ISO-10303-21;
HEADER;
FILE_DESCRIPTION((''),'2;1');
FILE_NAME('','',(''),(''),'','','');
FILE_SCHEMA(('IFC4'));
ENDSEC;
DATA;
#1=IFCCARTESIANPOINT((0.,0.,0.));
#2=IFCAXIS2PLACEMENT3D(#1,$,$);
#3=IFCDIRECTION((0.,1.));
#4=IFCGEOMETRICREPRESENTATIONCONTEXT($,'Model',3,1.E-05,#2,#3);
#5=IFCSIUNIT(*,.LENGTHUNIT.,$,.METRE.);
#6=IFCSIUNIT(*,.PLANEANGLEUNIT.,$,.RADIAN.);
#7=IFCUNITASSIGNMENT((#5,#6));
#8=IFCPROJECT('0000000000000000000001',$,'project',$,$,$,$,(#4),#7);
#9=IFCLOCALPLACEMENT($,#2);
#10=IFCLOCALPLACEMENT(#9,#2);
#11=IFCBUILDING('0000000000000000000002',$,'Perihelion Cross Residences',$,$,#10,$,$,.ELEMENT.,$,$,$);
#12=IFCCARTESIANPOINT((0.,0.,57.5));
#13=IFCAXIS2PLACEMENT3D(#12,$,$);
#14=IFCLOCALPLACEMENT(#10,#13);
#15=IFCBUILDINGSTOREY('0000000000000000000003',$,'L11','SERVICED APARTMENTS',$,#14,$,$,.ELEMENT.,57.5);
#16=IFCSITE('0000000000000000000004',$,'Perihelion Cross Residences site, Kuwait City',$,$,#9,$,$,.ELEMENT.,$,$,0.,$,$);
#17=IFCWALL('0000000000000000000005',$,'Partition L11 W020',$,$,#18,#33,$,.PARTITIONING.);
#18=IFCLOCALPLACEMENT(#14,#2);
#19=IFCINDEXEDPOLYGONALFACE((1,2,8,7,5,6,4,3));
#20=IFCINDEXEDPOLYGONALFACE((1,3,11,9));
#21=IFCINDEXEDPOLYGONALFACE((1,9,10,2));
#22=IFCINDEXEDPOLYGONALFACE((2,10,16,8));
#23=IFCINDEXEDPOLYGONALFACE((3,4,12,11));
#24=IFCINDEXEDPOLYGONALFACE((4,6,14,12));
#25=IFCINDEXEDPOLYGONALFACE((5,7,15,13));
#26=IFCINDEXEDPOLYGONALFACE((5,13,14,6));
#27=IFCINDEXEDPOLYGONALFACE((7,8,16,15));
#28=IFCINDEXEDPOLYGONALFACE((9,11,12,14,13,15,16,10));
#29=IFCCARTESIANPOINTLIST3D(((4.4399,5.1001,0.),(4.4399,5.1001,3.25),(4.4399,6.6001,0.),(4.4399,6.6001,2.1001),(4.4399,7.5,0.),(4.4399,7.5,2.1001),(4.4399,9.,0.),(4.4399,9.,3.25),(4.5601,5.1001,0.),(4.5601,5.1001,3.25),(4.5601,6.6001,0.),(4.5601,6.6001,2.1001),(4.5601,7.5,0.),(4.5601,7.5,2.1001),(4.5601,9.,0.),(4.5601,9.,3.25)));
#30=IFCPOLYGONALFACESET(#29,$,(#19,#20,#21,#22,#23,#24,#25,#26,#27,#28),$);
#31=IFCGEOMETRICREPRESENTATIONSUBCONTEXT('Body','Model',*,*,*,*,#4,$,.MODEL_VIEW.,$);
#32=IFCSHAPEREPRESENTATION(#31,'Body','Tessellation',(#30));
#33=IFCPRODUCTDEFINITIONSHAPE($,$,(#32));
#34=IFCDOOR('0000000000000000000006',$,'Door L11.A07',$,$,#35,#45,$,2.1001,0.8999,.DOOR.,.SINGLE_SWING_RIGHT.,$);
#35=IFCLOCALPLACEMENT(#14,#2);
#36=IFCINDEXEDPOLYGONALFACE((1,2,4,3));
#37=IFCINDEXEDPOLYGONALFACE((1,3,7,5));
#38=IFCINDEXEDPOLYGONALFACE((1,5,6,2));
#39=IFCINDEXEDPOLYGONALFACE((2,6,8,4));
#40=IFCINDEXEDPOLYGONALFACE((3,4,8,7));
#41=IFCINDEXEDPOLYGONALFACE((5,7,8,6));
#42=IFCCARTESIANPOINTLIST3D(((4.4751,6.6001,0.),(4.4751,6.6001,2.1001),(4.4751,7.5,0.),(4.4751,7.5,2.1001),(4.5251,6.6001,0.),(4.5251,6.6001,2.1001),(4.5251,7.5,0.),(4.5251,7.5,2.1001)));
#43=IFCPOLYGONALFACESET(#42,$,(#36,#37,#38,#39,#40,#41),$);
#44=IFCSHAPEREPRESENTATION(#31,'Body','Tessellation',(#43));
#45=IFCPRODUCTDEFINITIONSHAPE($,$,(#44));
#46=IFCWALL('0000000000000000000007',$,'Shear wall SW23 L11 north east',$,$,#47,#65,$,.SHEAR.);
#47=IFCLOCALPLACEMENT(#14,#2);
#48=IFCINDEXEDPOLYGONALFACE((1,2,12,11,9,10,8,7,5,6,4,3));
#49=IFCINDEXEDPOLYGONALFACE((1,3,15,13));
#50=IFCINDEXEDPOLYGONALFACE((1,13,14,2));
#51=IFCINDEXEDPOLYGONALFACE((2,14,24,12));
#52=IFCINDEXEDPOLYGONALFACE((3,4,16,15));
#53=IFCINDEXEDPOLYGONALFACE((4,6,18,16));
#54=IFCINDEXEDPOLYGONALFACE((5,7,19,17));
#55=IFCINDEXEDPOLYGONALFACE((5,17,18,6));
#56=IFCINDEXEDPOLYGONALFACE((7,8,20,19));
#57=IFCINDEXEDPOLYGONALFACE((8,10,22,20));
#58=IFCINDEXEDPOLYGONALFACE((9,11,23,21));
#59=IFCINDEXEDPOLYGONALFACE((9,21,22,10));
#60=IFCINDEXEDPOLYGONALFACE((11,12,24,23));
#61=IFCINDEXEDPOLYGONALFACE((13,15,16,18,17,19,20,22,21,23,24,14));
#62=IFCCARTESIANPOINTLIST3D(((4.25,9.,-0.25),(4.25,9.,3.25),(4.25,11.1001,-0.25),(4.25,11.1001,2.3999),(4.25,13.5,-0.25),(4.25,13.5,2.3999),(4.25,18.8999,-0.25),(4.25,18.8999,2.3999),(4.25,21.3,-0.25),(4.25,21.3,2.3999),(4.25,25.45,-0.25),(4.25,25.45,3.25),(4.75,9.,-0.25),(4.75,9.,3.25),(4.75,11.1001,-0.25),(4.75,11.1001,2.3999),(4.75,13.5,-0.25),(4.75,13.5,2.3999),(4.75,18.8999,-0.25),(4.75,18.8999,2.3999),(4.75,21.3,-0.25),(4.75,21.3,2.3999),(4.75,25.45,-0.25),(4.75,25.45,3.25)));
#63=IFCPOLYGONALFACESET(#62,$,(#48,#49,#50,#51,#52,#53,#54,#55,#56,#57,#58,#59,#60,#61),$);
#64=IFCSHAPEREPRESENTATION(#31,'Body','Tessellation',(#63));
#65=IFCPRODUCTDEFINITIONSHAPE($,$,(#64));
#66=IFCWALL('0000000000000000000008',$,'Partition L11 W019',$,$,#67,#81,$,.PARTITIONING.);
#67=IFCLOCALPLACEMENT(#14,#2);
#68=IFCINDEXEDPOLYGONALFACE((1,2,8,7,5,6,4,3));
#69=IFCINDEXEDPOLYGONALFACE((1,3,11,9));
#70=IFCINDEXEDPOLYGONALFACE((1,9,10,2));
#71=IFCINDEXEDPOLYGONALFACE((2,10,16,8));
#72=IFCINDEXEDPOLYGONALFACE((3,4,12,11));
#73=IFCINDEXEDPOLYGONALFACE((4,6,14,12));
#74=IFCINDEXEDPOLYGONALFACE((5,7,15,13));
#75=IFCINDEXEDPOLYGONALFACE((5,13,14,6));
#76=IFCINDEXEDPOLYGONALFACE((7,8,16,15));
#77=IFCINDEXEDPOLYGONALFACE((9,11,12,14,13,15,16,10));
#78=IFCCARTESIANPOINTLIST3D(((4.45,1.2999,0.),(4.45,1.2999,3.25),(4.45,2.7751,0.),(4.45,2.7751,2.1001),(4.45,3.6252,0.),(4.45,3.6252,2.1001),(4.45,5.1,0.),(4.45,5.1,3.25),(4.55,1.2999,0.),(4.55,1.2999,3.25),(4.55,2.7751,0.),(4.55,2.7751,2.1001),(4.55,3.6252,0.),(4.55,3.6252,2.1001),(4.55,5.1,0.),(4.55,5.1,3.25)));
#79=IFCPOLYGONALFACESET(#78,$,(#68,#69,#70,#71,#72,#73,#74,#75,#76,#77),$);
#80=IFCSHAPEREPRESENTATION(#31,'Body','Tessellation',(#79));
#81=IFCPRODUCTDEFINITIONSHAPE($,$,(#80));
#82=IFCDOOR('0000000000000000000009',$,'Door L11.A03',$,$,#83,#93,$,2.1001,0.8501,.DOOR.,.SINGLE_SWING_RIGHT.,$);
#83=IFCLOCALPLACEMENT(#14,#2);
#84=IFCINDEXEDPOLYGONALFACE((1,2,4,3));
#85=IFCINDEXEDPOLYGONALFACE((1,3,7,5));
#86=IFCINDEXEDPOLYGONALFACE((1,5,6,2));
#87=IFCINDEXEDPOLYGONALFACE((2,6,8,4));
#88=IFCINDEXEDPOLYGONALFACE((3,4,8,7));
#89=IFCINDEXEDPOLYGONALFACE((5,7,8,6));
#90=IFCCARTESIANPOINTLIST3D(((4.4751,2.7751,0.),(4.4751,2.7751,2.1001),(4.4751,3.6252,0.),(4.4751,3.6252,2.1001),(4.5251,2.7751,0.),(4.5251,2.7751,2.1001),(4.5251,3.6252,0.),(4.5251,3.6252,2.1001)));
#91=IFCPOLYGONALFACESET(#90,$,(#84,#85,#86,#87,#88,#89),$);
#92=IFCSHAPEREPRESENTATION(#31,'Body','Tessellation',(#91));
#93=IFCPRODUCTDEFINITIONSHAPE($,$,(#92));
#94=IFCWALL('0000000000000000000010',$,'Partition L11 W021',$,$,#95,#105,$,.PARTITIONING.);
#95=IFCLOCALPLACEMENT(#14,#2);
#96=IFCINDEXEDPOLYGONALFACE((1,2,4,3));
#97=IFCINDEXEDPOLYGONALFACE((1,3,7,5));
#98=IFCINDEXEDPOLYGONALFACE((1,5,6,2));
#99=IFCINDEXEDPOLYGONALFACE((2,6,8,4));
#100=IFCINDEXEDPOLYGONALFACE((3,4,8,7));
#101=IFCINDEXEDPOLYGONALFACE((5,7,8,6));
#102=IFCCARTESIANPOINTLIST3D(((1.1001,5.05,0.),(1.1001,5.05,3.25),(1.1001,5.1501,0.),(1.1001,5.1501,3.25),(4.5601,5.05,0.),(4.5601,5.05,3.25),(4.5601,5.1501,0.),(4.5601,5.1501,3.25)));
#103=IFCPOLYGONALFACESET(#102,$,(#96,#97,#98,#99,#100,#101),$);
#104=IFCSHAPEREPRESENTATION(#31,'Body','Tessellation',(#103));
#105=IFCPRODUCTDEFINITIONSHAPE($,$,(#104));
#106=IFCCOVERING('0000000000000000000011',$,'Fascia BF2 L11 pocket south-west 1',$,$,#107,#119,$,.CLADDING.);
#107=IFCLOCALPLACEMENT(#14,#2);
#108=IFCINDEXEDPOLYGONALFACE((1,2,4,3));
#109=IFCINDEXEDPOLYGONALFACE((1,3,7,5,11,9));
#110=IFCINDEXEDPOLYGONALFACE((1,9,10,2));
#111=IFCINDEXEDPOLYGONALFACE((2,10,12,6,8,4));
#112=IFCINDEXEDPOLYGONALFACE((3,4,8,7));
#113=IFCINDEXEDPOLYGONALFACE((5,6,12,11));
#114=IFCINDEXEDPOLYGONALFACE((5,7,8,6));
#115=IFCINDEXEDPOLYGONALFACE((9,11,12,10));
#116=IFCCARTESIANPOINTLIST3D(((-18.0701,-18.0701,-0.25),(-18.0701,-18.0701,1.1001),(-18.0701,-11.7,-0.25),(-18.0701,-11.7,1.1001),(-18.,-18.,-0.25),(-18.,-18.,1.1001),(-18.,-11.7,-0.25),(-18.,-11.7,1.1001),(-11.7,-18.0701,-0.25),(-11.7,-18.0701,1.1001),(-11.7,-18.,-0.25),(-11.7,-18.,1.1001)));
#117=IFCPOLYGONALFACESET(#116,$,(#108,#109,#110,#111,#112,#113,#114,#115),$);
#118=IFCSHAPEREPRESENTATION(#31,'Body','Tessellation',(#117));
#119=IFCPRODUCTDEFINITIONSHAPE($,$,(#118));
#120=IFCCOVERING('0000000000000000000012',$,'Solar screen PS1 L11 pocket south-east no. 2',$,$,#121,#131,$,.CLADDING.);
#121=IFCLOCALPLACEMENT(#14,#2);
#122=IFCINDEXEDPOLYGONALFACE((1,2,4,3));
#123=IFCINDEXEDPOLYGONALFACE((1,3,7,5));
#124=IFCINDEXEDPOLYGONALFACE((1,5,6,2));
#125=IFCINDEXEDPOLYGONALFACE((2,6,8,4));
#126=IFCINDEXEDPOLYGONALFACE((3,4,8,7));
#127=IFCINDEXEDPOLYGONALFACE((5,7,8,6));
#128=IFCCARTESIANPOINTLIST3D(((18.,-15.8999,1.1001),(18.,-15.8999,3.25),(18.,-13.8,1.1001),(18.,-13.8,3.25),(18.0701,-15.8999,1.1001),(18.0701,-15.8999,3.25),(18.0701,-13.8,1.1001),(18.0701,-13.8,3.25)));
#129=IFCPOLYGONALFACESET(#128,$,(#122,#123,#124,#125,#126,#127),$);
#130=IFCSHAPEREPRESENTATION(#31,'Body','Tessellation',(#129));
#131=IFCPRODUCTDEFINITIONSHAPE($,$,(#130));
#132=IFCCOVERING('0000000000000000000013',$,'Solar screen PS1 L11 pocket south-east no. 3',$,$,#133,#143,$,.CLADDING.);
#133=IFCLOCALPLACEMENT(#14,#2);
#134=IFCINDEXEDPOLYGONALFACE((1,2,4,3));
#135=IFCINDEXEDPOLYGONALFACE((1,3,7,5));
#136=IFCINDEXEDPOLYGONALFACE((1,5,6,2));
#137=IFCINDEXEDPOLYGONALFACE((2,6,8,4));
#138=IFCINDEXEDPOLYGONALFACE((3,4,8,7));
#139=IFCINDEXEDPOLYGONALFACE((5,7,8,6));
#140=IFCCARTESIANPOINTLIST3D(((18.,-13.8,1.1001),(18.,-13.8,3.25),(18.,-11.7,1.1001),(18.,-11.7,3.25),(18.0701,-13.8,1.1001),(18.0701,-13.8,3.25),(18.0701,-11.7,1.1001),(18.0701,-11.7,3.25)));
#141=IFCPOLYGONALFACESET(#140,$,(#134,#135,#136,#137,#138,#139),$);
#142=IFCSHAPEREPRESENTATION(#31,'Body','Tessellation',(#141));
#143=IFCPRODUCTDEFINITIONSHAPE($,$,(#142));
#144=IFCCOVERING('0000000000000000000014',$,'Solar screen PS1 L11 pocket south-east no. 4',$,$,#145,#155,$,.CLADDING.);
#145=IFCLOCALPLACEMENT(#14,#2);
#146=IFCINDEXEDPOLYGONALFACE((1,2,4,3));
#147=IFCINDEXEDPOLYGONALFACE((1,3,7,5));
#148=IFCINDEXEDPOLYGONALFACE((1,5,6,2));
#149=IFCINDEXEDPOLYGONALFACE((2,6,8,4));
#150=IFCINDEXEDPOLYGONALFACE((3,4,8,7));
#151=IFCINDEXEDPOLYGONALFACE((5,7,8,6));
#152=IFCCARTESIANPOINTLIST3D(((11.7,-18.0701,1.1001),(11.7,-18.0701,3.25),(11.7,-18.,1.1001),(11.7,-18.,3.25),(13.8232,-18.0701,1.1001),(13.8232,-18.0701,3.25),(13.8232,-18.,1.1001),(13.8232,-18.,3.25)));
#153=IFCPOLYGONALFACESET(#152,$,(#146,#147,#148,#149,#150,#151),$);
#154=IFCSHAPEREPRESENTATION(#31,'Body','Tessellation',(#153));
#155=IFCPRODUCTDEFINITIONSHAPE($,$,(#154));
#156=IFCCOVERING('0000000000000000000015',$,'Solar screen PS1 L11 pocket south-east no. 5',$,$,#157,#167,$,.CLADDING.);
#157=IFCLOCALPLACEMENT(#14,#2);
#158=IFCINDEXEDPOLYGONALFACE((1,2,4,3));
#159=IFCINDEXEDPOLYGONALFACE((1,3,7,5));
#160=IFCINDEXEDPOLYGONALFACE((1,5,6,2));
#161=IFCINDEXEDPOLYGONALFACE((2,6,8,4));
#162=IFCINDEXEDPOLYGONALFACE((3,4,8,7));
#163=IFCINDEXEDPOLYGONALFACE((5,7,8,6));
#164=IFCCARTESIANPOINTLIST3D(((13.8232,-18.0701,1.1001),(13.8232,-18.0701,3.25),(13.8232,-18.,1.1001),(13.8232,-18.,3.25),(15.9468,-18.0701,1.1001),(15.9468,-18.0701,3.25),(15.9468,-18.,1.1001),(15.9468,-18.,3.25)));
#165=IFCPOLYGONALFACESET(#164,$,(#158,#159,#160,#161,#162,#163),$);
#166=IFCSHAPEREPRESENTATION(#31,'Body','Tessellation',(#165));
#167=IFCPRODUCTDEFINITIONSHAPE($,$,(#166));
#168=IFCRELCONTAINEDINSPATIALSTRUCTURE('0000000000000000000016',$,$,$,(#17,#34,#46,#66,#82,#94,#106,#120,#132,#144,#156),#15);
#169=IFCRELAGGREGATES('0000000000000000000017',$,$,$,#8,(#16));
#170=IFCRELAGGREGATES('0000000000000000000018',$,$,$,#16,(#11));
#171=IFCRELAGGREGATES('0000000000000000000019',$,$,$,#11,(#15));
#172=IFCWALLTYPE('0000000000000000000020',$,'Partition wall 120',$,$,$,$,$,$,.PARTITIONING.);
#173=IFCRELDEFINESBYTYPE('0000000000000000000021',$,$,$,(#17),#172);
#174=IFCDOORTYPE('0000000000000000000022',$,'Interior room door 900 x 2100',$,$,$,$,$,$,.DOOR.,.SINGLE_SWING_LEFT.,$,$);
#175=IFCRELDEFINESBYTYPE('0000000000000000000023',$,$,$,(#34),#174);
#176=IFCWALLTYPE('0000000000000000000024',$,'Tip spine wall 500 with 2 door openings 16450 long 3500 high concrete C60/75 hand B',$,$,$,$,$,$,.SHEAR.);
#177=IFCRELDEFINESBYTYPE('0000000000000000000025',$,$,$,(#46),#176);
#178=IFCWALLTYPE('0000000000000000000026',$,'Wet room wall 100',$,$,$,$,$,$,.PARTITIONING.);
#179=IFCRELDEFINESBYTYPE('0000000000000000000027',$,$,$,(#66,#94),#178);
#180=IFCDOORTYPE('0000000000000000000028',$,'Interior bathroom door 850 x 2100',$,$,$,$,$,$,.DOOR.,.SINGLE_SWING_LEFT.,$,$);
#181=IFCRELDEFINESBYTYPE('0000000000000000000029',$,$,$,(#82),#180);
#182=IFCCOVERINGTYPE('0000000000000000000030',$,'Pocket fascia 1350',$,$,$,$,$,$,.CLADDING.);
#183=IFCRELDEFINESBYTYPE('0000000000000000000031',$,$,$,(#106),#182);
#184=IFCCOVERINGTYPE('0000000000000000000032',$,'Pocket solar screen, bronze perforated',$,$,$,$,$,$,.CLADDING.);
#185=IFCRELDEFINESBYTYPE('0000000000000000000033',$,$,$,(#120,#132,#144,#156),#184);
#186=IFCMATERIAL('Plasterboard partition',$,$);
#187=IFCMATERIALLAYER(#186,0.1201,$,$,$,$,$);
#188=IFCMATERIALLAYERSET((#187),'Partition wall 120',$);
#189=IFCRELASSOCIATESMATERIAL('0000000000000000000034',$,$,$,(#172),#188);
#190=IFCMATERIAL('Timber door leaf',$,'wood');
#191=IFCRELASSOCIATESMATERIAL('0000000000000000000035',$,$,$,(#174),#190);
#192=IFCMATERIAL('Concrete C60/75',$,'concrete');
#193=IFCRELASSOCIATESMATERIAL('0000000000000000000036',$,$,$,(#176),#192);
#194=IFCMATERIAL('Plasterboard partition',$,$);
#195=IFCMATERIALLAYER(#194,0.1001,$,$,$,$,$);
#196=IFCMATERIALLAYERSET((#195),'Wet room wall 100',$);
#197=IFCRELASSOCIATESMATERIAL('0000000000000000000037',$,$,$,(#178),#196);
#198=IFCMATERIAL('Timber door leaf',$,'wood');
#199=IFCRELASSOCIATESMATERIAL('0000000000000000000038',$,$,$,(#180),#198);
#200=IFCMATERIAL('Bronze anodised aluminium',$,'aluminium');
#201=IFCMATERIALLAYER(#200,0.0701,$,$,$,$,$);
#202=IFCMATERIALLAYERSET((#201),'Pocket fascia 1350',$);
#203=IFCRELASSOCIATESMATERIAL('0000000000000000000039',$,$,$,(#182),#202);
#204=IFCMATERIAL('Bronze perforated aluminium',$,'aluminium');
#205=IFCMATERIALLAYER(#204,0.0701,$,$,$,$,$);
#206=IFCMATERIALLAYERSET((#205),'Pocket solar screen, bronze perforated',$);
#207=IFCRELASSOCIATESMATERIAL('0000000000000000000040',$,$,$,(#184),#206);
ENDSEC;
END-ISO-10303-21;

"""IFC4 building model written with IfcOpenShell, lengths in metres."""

from ifc_helpers import new_model, si_unit, direction, frame, frame_2d, origin, place, context, subcontext, project, spatial, polyline, rectangle, outline, extrude, material, layer, layer_set, material_profile, profile_set, type_object, element, fill, save


model = new_model("IFC4")

# Units and contexts
model_context = context("Model", 3, precision=1e-05, world=origin(), true_north=direction((0.0, 1.0)))
body_context = subcontext(model_context, "Body", "Model", "MODEL_VIEW")
ifc_project = project(units=[si_unit("LENGTHUNIT", "METRE"), si_unit("PLANEANGLEUNIT", "RADIAN")], contexts=[model_context])

# Site, building, storey
site_placement = place(None, origin())
site = spatial("IfcSite", under=ifc_project, at=site_placement, Name="Perihelion Cross Residences site, Kuwait City", CompositionType="ELEMENT", RefElevation=0.0)
building_placement = place(site_placement, origin())
building = spatial("IfcBuilding", under=site, at=building_placement, Name="Perihelion Cross Residences", CompositionType="ELEMENT")
storey_placement = place(building_placement, frame((0.0, 0.0, 57.5)))
storey = spatial("IfcBuildingStorey", under=building, at=storey_placement, Name="L11", Description="SERVICED APARTMENTS", CompositionType="ELEMENT", Elevation=57.5)

# Wall, opening, door
ifc_material_1 = material(Name="Plasterboard partition")
ifc_layer_1 = layer(ifc_material_1, 0.1201)
ifc_layer_set_1 = layer_set([ifc_layer_1], Name="Partition wall 120")
wall_type_1 = type_object("IfcWallType", Name="Partition wall 120", PredefinedType="PARTITIONING", material=ifc_layer_set_1)
wall_1_placement = place(storey_placement, frame((4.5, 5.1001, 0.0), z_axis=(0.0, 0.0, 1.0), x_axis=(0.0, 1.0, 0.0)))
wall_1 = element("IfcWall", 1, at=wall_1_placement, inside=storey, type_object=wall_type_1, Name="Partition L11 W020", PredefinedType="PARTITIONING", context=body_context, shape_type="SweptSolid", body=[
    extrude(rectangle(XDim=3.8999, YDim=0.1201, at=frame_2d((1.95, 0.0))), origin(), (0.0, 0.0, 1.0), 3.25),
])
opening_1_placement = place(wall_1_placement, frame((1.5, 0.0, 0.0)))
opening_1 = element("IfcOpeningElement", 2, at=opening_1_placement, cuts=wall_1, PredefinedType="OPENING", context=body_context, shape_type="SweptSolid", body=[
    extrude(rectangle(XDim=0.8999, YDim=2.1001, at=frame_2d((0.45, 1.05))), frame((0.0, 0.0701, 0.0), z_axis=(0.0, -1.0, 0.0), x_axis=(1.0, 0.0, 0.0)), (0.0, 0.0, 1.0), 0.1401),
])
ifc_material_2 = material(Name="Timber door leaf", Category="wood")
door_type_1 = type_object("IfcDoorType", Name="Interior room door 900 x 2100", OperationType="SINGLE_SWING_LEFT", PredefinedType="DOOR", material=ifc_material_2)
door_1_placement = place(opening_1_placement, origin())
door_1 = element("IfcDoor", 3, at=door_1_placement, inside=storey, type_object=door_type_1, Name="Door L11.A07", OperationType="SINGLE_SWING_RIGHT", OverallHeight=2.1001, OverallWidth=0.8999, PredefinedType="DOOR", context=body_context, shape_type="SweptSolid", body=[
    extrude(rectangle(XDim=0.8999, YDim=2.1001, at=frame_2d((0.45, 1.05))), frame((0.0, 0.0249, 0.0), z_axis=(0.0, -1.0, 0.0), x_axis=(1.0, 0.0, 0.0)), (0.0, 0.0, 1.0), 0.05),
])
fill(opening_1, door_1)

# Wall
ifc_material_3 = material(Name="Concrete C60/75", Category="concrete")
ifc_material_profile_1 = material_profile(ifc_material_3, outline(polyline([(0.0, 0.0), (2.1001, 0.0), (2.1001, 2.6499), (4.5, 2.6499), (4.5, 0.0), (9.8999, 0.0), (9.8999, 2.6499), (12.3, 2.6499), (12.3, 0.0), (16.45, 0.0), (16.45, 3.5), (0.0, 3.5), (0.0, 0.0)])), Name="Tip spine wall")
ifc_profile_set_1 = profile_set([ifc_material_profile_1], Name="Concrete C60/75")
wall_type_2 = type_object("IfcWallType", Name="Tip spine wall 500 with 2 door openings 16450 long 3500 high concrete C60/75 hand B", PredefinedType="SHEAR", material=ifc_profile_set_1)
wall_2_placement = place(storey_placement, frame((4.25, 9.0, -0.25), z_axis=(1.0, 0.0, 0.0), x_axis=(0.0, 1.0, 0.0)))
element("IfcWall", 4, at=wall_2_placement, inside=storey, type_object=wall_type_2, Name="Shear wall SW23 L11 north east", PredefinedType="SHEAR", context=body_context, shape_type="SweptSolid", body=[
    extrude(outline(polyline([(0.0, 0.0), (2.1001, 0.0), (2.1001, 2.6499), (4.5, 2.6499), (4.5, 0.0), (9.8999, 0.0), (9.8999, 2.6499), (12.3, 2.6499), (12.3, 0.0), (16.45, 0.0), (16.45, 3.5), (0.0, 3.5), (0.0, 0.0)])), origin(), (0.0, 0.0, 1.0), 0.5),
])

# Wall, opening, door
ifc_material_4 = material(Name="Plasterboard partition")
ifc_layer_2 = layer(ifc_material_4, 0.1001)
ifc_layer_set_2 = layer_set([ifc_layer_2], Name="Wet room wall 100")
wall_type_3 = type_object("IfcWallType", Name="Wet room wall 100", PredefinedType="PARTITIONING", material=ifc_layer_set_2)
wall_3_placement = place(storey_placement, frame((4.5, 1.3, 0.0), z_axis=(0.0, 0.0, 1.0), x_axis=(0.0, 1.0, 0.0)))
wall_3 = element("IfcWall", 5, at=wall_3_placement, inside=storey, type_object=wall_type_3, Name="Partition L11 W019", PredefinedType="PARTITIONING", context=body_context, shape_type="SweptSolid", body=[
    extrude(rectangle(XDim=3.8, YDim=0.1001, at=frame_2d((1.8999, 0.0))), origin(), (0.0, 0.0, 1.0), 3.25),
])
opening_2_placement = place(wall_3_placement, frame((1.4751, 0.0, 0.0)))
opening_2 = element("IfcOpeningElement", 6, at=opening_2_placement, cuts=wall_3, PredefinedType="OPENING", context=body_context, shape_type="SweptSolid", body=[
    extrude(rectangle(XDim=0.8501, YDim=2.1001, at=frame_2d((0.425, 1.05))), frame((0.0, 0.0601, 0.0), z_axis=(0.0, -1.0, 0.0), x_axis=(1.0, 0.0, 0.0)), (0.0, 0.0, 1.0), 0.1201),
])
ifc_material_5 = material(Name="Timber door leaf", Category="wood")
door_type_2 = type_object("IfcDoorType", Name="Interior bathroom door 850 x 2100", OperationType="SINGLE_SWING_LEFT", PredefinedType="DOOR", material=ifc_material_5)
door_2_placement = place(opening_2_placement, origin())
door_2 = element("IfcDoor", 7, at=door_2_placement, inside=storey, type_object=door_type_2, Name="Door L11.A03", OperationType="SINGLE_SWING_RIGHT", OverallHeight=2.1001, OverallWidth=0.8501, PredefinedType="DOOR", context=body_context, shape_type="SweptSolid", body=[
    extrude(rectangle(XDim=0.8501, YDim=2.1001, at=frame_2d((0.425, 1.05))), frame((0.0, 0.0249, 0.0), z_axis=(0.0, -1.0, 0.0), x_axis=(1.0, 0.0, 0.0)), (0.0, 0.0, 1.0), 0.05),
])
fill(opening_2, door_2)

# Wall
wall_4_placement = place(storey_placement, frame((1.1001, 5.1001, 0.0), z_axis=(0.0, 0.0, 1.0), x_axis=(1.0, 0.0, 0.0)))
element("IfcWall", 8, at=wall_4_placement, inside=storey, type_object=wall_type_3, Name="Partition L11 W021", PredefinedType="PARTITIONING", context=body_context, shape_type="SweptSolid", body=[
    extrude(rectangle(XDim=3.46, YDim=0.1001, at=frame_2d((1.73, 0.0))), origin(), (0.0, 0.0, 1.0), 3.25),
])

# Coverings
ifc_material_6 = material(Name="Bronze anodised aluminium", Category="aluminium")
ifc_layer_3 = layer(ifc_material_6, 0.0701)
ifc_layer_set_3 = layer_set([ifc_layer_3], Name="Pocket fascia 1350")
covering_type_1 = type_object("IfcCoveringType", Name="Pocket fascia 1350", PredefinedType="CLADDING", material=ifc_layer_set_3)
covering_1_placement = place(storey_placement, frame((0.0, 0.0, -0.25)))
element("IfcCovering", 9, at=covering_1_placement, inside=storey, type_object=covering_type_1, Name="Fascia BF2 L11 pocket south-west 1", PredefinedType="CLADDING", context=body_context, shape_type="SweptSolid", body=[
    extrude(outline(polyline([(-18.0701, -11.7), (-18.0701, -18.0701), (-11.7, -18.0701), (-11.7, -18.0), (-18.0, -18.0), (-18.0, -11.7), (-18.0701, -11.7)])), origin(), (0.0, 0.0, 1.0), 1.3501),
])
ifc_material_7 = material(Name="Bronze perforated aluminium", Category="aluminium")
ifc_layer_4 = layer(ifc_material_7, 0.0701)
ifc_layer_set_4 = layer_set([ifc_layer_4], Name="Pocket solar screen, bronze perforated")
covering_type_2 = type_object("IfcCoveringType", Name="Pocket solar screen, bronze perforated", PredefinedType="CLADDING", material=ifc_layer_set_4)
covering_2_placement = place(storey_placement, frame((0.0, 0.0, 1.1001)))
element("IfcCovering", 10, at=covering_2_placement, inside=storey, type_object=covering_type_2, Name="Solar screen PS1 L11 pocket south-east no. 2", PredefinedType="CLADDING", context=body_context, shape_type="SweptSolid", body=[
    extrude(outline(polyline([(18.0701, -15.8999), (18.0701, -13.8), (18.0, -13.8), (18.0, -15.8999), (18.0701, -15.8999)])), origin(), (0.0, 0.0, 1.0), 2.1499),
])
covering_3_placement = place(storey_placement, frame((0.0, 0.0, 1.1001)))
element("IfcCovering", 11, at=covering_3_placement, inside=storey, type_object=covering_type_2, Name="Solar screen PS1 L11 pocket south-east no. 3", PredefinedType="CLADDING", context=body_context, shape_type="SweptSolid", body=[
    extrude(outline(polyline([(18.0701, -13.8), (18.0701, -11.7), (18.0, -11.7), (18.0, -13.8), (18.0701, -13.8)])), origin(), (0.0, 0.0, 1.0), 2.1499),
])
covering_4_placement = place(storey_placement, frame((0.0, 0.0, 1.1001)))
element("IfcCovering", 12, at=covering_4_placement, inside=storey, type_object=covering_type_2, Name="Solar screen PS1 L11 pocket south-east no. 4", PredefinedType="CLADDING", context=body_context, shape_type="SweptSolid", body=[
    extrude(outline(polyline([(13.8232, -18.0701), (13.8232, -18.0), (11.7, -18.0), (11.7, -18.0701), (13.8232, -18.0701)])), origin(), (0.0, 0.0, 1.0), 2.1499),
])
covering_5_placement = place(storey_placement, frame((0.0, 0.0, 1.1001)))
element("IfcCovering", 13, at=covering_5_placement, inside=storey, type_object=covering_type_2, Name="Solar screen PS1 L11 pocket south-east no. 5", PredefinedType="CLADDING", context=body_context, shape_type="SweptSolid", body=[
    extrude(outline(polyline([(15.9468, -18.0701), (15.9468, -18.0), (13.8232, -18.0), (13.8232, -18.0701), (15.9468, -18.0701)])), origin(), (0.0, 0.0, 1.0), 2.1499),
])

save(model, "model.ifc")
